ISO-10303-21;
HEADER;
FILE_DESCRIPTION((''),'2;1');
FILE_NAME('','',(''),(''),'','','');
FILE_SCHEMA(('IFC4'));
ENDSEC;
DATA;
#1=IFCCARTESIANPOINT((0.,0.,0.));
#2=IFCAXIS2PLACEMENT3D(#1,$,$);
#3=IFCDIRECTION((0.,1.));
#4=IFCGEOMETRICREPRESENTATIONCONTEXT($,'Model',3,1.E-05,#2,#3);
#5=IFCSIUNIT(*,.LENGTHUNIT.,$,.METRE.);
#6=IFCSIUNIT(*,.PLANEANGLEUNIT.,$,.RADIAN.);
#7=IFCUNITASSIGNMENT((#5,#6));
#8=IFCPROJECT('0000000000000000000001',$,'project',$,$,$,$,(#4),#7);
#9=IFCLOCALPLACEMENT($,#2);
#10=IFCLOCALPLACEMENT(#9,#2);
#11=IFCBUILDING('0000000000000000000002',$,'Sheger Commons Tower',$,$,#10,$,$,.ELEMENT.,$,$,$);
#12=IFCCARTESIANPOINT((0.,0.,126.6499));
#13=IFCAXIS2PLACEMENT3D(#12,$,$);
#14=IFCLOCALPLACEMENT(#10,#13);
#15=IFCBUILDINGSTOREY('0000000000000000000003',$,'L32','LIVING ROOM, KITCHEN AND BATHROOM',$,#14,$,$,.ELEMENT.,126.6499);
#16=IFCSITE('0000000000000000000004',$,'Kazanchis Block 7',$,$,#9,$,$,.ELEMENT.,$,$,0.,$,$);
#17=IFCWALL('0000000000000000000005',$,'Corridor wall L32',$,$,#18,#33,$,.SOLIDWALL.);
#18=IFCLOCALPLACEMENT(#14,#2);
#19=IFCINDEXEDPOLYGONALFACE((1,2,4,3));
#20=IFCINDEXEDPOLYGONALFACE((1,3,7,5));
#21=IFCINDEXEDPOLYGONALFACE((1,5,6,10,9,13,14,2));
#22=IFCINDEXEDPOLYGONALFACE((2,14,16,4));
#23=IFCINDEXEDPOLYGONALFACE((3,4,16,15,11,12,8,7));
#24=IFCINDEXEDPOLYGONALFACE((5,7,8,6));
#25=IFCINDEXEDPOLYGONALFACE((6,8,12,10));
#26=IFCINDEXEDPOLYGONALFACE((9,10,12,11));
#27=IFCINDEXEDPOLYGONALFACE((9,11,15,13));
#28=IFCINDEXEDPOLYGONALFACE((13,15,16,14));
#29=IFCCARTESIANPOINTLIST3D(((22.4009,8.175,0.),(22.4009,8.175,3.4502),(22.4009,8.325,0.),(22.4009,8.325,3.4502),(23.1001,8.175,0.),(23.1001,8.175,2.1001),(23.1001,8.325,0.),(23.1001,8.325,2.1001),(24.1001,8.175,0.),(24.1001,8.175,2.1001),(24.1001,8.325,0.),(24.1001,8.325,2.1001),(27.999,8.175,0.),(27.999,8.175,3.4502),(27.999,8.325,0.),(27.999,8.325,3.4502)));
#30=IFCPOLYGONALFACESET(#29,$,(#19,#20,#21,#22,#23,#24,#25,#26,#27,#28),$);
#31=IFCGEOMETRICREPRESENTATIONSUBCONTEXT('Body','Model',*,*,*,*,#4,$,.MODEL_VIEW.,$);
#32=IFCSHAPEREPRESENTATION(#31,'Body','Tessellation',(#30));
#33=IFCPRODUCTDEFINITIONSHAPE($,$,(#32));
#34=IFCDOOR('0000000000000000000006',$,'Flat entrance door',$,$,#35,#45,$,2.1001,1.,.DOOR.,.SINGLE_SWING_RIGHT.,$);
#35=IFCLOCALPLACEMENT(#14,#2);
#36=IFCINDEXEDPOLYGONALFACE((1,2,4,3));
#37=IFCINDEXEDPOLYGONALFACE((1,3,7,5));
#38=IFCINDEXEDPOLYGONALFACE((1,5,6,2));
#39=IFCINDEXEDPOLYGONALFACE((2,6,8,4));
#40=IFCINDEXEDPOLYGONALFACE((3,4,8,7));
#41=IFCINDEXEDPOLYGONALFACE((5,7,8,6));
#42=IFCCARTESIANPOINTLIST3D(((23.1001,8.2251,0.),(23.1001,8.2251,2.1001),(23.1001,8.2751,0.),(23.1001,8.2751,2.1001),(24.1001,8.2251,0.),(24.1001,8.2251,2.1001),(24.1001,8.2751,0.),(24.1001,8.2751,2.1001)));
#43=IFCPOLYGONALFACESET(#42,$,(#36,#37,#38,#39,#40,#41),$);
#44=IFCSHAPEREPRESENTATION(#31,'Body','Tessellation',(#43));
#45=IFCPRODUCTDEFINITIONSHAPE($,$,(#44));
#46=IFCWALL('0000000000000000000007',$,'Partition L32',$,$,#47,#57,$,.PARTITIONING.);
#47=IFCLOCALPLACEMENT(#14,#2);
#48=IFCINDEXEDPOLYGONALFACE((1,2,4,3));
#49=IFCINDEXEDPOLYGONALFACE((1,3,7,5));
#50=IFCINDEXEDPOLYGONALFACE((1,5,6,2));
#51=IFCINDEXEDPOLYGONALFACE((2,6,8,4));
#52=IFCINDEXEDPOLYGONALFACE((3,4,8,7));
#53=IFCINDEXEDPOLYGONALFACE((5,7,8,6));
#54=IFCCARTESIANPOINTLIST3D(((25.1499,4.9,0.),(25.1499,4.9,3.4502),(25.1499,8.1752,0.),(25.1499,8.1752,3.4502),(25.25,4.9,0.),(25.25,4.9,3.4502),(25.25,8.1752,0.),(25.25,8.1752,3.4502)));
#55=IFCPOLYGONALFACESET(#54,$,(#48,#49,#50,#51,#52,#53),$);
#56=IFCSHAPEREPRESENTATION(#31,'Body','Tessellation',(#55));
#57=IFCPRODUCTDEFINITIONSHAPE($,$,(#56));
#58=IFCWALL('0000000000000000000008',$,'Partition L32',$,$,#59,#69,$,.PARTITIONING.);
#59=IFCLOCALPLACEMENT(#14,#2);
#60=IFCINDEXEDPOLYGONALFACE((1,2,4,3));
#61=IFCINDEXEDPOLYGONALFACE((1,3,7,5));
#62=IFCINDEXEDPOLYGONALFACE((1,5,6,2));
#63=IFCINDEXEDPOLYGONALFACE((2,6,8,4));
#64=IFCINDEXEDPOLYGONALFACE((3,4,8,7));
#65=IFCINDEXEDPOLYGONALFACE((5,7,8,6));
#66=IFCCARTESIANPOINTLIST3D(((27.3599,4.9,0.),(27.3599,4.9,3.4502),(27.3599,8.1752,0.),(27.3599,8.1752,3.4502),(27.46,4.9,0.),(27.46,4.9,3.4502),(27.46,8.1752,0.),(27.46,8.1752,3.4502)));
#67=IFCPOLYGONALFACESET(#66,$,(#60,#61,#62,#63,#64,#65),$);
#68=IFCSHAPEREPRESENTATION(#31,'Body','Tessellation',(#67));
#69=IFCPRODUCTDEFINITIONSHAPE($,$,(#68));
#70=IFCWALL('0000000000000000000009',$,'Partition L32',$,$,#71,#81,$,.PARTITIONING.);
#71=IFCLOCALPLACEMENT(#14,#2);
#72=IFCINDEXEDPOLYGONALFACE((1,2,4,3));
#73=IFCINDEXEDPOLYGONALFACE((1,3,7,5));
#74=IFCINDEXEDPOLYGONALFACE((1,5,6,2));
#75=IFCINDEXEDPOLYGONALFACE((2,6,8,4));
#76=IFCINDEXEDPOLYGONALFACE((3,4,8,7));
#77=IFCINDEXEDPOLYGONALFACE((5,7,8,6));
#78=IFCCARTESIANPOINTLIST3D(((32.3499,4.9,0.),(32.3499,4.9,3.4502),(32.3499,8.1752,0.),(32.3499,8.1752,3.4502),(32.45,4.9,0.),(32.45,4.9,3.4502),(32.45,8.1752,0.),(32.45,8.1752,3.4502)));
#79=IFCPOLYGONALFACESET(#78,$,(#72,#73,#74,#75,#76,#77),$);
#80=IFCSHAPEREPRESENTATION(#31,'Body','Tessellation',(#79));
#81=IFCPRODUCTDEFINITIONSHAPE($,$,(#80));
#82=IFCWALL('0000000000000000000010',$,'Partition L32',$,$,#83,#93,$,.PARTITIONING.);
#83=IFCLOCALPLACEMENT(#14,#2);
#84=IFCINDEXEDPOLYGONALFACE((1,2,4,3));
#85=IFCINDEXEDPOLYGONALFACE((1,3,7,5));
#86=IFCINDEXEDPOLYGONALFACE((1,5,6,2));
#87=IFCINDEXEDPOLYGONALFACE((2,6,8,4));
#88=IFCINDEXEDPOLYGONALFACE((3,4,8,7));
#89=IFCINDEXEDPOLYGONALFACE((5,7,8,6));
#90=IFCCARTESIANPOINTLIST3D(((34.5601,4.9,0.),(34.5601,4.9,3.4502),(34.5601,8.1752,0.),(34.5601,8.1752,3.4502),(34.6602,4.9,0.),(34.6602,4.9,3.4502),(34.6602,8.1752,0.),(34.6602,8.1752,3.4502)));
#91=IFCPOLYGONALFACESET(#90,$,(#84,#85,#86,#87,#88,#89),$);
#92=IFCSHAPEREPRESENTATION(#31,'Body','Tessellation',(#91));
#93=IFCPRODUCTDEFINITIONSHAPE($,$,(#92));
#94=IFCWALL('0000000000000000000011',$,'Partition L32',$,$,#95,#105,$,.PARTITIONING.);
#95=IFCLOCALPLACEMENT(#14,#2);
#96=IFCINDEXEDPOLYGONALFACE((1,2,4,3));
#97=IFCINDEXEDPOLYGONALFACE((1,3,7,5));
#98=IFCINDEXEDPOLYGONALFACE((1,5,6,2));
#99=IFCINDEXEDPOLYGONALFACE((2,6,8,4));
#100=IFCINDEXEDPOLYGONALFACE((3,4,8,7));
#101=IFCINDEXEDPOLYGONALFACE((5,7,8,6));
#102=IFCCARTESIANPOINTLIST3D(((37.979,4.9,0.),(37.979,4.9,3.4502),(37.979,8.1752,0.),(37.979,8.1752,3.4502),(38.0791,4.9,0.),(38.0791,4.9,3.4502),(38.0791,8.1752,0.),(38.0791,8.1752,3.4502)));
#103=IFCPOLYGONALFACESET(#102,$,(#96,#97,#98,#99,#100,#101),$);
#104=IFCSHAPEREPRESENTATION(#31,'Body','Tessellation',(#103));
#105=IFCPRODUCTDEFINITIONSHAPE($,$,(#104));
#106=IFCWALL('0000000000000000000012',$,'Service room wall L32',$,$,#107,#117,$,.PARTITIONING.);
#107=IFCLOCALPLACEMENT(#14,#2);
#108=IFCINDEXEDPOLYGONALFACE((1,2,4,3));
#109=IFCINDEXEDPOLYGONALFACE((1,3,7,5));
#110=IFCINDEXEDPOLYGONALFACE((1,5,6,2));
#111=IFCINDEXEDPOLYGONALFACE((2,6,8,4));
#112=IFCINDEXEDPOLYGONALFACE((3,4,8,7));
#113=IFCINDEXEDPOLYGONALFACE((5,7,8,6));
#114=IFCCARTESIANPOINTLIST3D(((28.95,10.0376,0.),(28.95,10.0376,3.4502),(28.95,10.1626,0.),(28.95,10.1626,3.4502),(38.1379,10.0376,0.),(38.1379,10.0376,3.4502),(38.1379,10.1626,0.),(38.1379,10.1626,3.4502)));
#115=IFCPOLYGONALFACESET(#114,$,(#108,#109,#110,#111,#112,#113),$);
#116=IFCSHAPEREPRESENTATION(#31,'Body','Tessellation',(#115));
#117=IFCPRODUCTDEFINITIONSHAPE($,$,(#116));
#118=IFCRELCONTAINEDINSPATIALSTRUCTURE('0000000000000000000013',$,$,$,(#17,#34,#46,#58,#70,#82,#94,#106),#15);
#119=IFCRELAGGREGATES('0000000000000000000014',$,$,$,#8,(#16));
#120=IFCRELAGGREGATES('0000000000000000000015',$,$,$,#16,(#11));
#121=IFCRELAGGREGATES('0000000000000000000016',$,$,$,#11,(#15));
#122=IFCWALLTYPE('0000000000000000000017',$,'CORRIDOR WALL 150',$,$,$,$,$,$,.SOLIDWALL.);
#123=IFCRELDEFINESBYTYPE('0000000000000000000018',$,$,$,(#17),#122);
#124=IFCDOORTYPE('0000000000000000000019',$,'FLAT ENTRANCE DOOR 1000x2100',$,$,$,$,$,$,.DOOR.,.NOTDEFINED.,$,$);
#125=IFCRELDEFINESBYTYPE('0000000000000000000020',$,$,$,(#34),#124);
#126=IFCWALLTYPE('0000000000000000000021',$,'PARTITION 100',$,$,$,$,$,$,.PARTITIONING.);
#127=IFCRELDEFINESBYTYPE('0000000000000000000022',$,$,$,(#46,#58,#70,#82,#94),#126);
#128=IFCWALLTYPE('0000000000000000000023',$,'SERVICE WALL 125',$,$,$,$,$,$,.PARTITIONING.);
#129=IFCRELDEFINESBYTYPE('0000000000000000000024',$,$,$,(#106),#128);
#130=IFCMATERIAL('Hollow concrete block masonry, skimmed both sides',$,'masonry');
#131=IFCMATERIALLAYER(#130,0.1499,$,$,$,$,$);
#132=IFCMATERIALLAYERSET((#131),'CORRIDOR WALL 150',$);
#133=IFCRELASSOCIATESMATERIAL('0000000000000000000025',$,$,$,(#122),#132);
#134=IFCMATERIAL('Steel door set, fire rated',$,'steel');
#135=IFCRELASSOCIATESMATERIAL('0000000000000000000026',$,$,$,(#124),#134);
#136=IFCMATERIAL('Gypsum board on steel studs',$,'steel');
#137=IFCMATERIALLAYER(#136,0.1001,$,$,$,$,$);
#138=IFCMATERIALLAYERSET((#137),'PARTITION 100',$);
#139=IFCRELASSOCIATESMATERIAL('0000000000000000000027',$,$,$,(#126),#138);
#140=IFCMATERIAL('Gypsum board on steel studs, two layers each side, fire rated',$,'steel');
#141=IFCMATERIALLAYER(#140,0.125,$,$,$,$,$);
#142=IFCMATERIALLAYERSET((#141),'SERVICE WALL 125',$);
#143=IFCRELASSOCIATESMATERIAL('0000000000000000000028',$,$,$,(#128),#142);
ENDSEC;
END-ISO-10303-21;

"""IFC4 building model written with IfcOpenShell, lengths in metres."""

from ifc_helpers import new_model, si_unit, direction, frame, frame_2d, origin, place, context, subcontext, project, spatial, rectangle, extrude, material, layer, layer_set, type_object, element, fill, save


model = new_model("IFC4")

# Units and contexts
model_context = context("Model", 3, precision=1e-05, world=origin(), true_north=direction((0.0, 1.0)))
body_context = subcontext(model_context, "Body", "Model", "MODEL_VIEW")
ifc_project = project(units=[si_unit("LENGTHUNIT", "METRE"), si_unit("PLANEANGLEUNIT", "RADIAN")], contexts=[model_context])

# Site, building, storey
site_placement = place(None, origin())
site = spatial("IfcSite", under=ifc_project, at=site_placement, Name="Kazanchis Block 7", CompositionType="ELEMENT", RefElevation=0.0)
building_placement = place(site_placement, origin())
building = spatial("IfcBuilding", under=site, at=building_placement, Name="Sheger Commons Tower", CompositionType="ELEMENT")
storey_placement = place(building_placement, frame((0.0, 0.0, 126.6499)))
storey = spatial("IfcBuildingStorey", under=building, at=storey_placement, Name="L32", Description="LIVING ROOM, KITCHEN AND BATHROOM", CompositionType="ELEMENT", Elevation=126.6499)

# Wall, opening, door
ifc_material_1 = material(Name="Hollow concrete block masonry, skimmed both sides", Category="masonry")
ifc_layer_1 = layer(ifc_material_1, 0.1499)
ifc_layer_set_1 = layer_set([ifc_layer_1], Name="CORRIDOR WALL 150")
wall_type_1 = type_object("IfcWallType", Name="CORRIDOR WALL 150", PredefinedType="SOLIDWALL", material=ifc_layer_set_1)
ifc_material_2 = material(Name="Steel door set, fire rated", Category="steel")
door_type_1 = type_object("IfcDoorType", Name="FLAT ENTRANCE DOOR 1000x2100", OperationType="NOTDEFINED", PredefinedType="DOOR", material=ifc_material_2)
wall_1_placement = place(storey_placement, frame((27.999, 8.25, 0.0), z_axis=(0.0, 0.0, 1.0), x_axis=(-1.0, 0.0, 0.0)))
wall_1 = element("IfcWall", 1, at=wall_1_placement, inside=storey, type_object=wall_type_1, Name="Corridor wall L32", PredefinedType="SOLIDWALL", context=body_context, shape_type="SweptSolid", body=[
    extrude(rectangle(XDim=5.5981, YDim=0.1499, at=frame_2d((2.7991, 0.0))), origin(), (0.0, 0.0, 1.0), 3.4502),
])
opening_1_placement = place(wall_1_placement, frame((3.8989, 0.0, 0.0)))
opening_1 = element("IfcOpeningElement", 2, at=opening_1_placement, cuts=wall_1, PredefinedType="OPENING", context=body_context, shape_type="SweptSolid", body=[
    extrude(rectangle(XDim=1.0, YDim=2.1001, at=frame_2d((0.5, 1.05))), frame((0.0, 0.085, 0.0), z_axis=(0.0, -1.0, 0.0), x_axis=(1.0, 0.0, 0.0)), (0.0, 0.0, 1.0), 0.1699),
])
door_1_placement = place(opening_1_placement, origin())
door_1 = element("IfcDoor", 3, at=door_1_placement, inside=storey, type_object=door_type_1, Name="Flat entrance door", OperationType="SINGLE_SWING_RIGHT", OverallHeight=2.1001, OverallWidth=1.0, PredefinedType="DOOR", context=body_context, shape_type="SweptSolid", body=[
    extrude(rectangle(XDim=1.0, YDim=2.1001, at=frame_2d((0.5, 1.05))), frame((0.0, 0.0249, 0.0), z_axis=(0.0, -1.0, 0.0), x_axis=(1.0, 0.0, 0.0)), (0.0, 0.0, 1.0), 0.05),
])
fill(opening_1, door_1)

# Walls
ifc_material_3 = material(Name="Gypsum board on steel studs", Category="steel")
ifc_layer_2 = layer(ifc_material_3, 0.1001)
ifc_layer_set_2 = layer_set([ifc_layer_2], Name="PARTITION 100")
wall_type_2 = type_object("IfcWallType", Name="PARTITION 100", PredefinedType="PARTITIONING", material=ifc_layer_set_2)
for number, where, z_axis, x_axis, name in (
    (4, (25.2, 4.8999, 0.0), (0.0, 0.0, 1.0), (0.0, 1.0, 0.0), "Partition L32"),
    (5, (27.4099, 4.8999, 0.0), (0.0, 0.0, 1.0), (0.0, 1.0, 0.0), "Partition L32"),
    (6, (32.3999, 4.8999, 0.0), (0.0, 0.0, 1.0), (0.0, 1.0, 0.0), "Partition L32"),
    (7, (34.6101, 4.8999, 0.0), (0.0, 0.0, 1.0), (0.0, 1.0, 0.0), "Partition L32"),
    (8, (38.0291, 4.8999, 0.0), (0.0, 0.0, 1.0), (0.0, 1.0, 0.0), "Partition L32"),
):
    element("IfcWall", number, at=place(storey_placement, frame(where, z_axis=z_axis, x_axis=x_axis)), inside=storey, type_object=wall_type_2, Name=name, PredefinedType="PARTITIONING", context=body_context, shape_type="SweptSolid", body=[
        extrude(rectangle(XDim=3.2751, YDim=0.1001, at=frame_2d((1.6377, 0.0))), origin(), (0.0, 0.0, 1.0), 3.4502),
    ])
ifc_material_4 = material(Name="Gypsum board on steel studs, two layers each side, fire rated", Category="steel")
ifc_layer_3 = layer(ifc_material_4, 0.125)
ifc_layer_set_3 = layer_set([ifc_layer_3], Name="SERVICE WALL 125")
wall_type_3 = type_object("IfcWallType", Name="SERVICE WALL 125", PredefinedType="PARTITIONING", material=ifc_layer_set_3)
wall_2_placement = place(storey_placement, frame((28.95, 10.1001, 0.0), z_axis=(0.0, 0.0, 1.0), x_axis=(1.0, 0.0, 0.0)))
element("IfcWall", 9, at=wall_2_placement, inside=storey, type_object=wall_type_3, Name="Service room wall L32", PredefinedType="PARTITIONING", context=body_context, shape_type="SweptSolid", body=[
    extrude(rectangle(XDim=9.188, YDim=0.125, at=frame_2d((4.594, 0.0))), origin(), (0.0, 0.0, 1.0), 3.4502),
])

save(model, "model.ifc")
